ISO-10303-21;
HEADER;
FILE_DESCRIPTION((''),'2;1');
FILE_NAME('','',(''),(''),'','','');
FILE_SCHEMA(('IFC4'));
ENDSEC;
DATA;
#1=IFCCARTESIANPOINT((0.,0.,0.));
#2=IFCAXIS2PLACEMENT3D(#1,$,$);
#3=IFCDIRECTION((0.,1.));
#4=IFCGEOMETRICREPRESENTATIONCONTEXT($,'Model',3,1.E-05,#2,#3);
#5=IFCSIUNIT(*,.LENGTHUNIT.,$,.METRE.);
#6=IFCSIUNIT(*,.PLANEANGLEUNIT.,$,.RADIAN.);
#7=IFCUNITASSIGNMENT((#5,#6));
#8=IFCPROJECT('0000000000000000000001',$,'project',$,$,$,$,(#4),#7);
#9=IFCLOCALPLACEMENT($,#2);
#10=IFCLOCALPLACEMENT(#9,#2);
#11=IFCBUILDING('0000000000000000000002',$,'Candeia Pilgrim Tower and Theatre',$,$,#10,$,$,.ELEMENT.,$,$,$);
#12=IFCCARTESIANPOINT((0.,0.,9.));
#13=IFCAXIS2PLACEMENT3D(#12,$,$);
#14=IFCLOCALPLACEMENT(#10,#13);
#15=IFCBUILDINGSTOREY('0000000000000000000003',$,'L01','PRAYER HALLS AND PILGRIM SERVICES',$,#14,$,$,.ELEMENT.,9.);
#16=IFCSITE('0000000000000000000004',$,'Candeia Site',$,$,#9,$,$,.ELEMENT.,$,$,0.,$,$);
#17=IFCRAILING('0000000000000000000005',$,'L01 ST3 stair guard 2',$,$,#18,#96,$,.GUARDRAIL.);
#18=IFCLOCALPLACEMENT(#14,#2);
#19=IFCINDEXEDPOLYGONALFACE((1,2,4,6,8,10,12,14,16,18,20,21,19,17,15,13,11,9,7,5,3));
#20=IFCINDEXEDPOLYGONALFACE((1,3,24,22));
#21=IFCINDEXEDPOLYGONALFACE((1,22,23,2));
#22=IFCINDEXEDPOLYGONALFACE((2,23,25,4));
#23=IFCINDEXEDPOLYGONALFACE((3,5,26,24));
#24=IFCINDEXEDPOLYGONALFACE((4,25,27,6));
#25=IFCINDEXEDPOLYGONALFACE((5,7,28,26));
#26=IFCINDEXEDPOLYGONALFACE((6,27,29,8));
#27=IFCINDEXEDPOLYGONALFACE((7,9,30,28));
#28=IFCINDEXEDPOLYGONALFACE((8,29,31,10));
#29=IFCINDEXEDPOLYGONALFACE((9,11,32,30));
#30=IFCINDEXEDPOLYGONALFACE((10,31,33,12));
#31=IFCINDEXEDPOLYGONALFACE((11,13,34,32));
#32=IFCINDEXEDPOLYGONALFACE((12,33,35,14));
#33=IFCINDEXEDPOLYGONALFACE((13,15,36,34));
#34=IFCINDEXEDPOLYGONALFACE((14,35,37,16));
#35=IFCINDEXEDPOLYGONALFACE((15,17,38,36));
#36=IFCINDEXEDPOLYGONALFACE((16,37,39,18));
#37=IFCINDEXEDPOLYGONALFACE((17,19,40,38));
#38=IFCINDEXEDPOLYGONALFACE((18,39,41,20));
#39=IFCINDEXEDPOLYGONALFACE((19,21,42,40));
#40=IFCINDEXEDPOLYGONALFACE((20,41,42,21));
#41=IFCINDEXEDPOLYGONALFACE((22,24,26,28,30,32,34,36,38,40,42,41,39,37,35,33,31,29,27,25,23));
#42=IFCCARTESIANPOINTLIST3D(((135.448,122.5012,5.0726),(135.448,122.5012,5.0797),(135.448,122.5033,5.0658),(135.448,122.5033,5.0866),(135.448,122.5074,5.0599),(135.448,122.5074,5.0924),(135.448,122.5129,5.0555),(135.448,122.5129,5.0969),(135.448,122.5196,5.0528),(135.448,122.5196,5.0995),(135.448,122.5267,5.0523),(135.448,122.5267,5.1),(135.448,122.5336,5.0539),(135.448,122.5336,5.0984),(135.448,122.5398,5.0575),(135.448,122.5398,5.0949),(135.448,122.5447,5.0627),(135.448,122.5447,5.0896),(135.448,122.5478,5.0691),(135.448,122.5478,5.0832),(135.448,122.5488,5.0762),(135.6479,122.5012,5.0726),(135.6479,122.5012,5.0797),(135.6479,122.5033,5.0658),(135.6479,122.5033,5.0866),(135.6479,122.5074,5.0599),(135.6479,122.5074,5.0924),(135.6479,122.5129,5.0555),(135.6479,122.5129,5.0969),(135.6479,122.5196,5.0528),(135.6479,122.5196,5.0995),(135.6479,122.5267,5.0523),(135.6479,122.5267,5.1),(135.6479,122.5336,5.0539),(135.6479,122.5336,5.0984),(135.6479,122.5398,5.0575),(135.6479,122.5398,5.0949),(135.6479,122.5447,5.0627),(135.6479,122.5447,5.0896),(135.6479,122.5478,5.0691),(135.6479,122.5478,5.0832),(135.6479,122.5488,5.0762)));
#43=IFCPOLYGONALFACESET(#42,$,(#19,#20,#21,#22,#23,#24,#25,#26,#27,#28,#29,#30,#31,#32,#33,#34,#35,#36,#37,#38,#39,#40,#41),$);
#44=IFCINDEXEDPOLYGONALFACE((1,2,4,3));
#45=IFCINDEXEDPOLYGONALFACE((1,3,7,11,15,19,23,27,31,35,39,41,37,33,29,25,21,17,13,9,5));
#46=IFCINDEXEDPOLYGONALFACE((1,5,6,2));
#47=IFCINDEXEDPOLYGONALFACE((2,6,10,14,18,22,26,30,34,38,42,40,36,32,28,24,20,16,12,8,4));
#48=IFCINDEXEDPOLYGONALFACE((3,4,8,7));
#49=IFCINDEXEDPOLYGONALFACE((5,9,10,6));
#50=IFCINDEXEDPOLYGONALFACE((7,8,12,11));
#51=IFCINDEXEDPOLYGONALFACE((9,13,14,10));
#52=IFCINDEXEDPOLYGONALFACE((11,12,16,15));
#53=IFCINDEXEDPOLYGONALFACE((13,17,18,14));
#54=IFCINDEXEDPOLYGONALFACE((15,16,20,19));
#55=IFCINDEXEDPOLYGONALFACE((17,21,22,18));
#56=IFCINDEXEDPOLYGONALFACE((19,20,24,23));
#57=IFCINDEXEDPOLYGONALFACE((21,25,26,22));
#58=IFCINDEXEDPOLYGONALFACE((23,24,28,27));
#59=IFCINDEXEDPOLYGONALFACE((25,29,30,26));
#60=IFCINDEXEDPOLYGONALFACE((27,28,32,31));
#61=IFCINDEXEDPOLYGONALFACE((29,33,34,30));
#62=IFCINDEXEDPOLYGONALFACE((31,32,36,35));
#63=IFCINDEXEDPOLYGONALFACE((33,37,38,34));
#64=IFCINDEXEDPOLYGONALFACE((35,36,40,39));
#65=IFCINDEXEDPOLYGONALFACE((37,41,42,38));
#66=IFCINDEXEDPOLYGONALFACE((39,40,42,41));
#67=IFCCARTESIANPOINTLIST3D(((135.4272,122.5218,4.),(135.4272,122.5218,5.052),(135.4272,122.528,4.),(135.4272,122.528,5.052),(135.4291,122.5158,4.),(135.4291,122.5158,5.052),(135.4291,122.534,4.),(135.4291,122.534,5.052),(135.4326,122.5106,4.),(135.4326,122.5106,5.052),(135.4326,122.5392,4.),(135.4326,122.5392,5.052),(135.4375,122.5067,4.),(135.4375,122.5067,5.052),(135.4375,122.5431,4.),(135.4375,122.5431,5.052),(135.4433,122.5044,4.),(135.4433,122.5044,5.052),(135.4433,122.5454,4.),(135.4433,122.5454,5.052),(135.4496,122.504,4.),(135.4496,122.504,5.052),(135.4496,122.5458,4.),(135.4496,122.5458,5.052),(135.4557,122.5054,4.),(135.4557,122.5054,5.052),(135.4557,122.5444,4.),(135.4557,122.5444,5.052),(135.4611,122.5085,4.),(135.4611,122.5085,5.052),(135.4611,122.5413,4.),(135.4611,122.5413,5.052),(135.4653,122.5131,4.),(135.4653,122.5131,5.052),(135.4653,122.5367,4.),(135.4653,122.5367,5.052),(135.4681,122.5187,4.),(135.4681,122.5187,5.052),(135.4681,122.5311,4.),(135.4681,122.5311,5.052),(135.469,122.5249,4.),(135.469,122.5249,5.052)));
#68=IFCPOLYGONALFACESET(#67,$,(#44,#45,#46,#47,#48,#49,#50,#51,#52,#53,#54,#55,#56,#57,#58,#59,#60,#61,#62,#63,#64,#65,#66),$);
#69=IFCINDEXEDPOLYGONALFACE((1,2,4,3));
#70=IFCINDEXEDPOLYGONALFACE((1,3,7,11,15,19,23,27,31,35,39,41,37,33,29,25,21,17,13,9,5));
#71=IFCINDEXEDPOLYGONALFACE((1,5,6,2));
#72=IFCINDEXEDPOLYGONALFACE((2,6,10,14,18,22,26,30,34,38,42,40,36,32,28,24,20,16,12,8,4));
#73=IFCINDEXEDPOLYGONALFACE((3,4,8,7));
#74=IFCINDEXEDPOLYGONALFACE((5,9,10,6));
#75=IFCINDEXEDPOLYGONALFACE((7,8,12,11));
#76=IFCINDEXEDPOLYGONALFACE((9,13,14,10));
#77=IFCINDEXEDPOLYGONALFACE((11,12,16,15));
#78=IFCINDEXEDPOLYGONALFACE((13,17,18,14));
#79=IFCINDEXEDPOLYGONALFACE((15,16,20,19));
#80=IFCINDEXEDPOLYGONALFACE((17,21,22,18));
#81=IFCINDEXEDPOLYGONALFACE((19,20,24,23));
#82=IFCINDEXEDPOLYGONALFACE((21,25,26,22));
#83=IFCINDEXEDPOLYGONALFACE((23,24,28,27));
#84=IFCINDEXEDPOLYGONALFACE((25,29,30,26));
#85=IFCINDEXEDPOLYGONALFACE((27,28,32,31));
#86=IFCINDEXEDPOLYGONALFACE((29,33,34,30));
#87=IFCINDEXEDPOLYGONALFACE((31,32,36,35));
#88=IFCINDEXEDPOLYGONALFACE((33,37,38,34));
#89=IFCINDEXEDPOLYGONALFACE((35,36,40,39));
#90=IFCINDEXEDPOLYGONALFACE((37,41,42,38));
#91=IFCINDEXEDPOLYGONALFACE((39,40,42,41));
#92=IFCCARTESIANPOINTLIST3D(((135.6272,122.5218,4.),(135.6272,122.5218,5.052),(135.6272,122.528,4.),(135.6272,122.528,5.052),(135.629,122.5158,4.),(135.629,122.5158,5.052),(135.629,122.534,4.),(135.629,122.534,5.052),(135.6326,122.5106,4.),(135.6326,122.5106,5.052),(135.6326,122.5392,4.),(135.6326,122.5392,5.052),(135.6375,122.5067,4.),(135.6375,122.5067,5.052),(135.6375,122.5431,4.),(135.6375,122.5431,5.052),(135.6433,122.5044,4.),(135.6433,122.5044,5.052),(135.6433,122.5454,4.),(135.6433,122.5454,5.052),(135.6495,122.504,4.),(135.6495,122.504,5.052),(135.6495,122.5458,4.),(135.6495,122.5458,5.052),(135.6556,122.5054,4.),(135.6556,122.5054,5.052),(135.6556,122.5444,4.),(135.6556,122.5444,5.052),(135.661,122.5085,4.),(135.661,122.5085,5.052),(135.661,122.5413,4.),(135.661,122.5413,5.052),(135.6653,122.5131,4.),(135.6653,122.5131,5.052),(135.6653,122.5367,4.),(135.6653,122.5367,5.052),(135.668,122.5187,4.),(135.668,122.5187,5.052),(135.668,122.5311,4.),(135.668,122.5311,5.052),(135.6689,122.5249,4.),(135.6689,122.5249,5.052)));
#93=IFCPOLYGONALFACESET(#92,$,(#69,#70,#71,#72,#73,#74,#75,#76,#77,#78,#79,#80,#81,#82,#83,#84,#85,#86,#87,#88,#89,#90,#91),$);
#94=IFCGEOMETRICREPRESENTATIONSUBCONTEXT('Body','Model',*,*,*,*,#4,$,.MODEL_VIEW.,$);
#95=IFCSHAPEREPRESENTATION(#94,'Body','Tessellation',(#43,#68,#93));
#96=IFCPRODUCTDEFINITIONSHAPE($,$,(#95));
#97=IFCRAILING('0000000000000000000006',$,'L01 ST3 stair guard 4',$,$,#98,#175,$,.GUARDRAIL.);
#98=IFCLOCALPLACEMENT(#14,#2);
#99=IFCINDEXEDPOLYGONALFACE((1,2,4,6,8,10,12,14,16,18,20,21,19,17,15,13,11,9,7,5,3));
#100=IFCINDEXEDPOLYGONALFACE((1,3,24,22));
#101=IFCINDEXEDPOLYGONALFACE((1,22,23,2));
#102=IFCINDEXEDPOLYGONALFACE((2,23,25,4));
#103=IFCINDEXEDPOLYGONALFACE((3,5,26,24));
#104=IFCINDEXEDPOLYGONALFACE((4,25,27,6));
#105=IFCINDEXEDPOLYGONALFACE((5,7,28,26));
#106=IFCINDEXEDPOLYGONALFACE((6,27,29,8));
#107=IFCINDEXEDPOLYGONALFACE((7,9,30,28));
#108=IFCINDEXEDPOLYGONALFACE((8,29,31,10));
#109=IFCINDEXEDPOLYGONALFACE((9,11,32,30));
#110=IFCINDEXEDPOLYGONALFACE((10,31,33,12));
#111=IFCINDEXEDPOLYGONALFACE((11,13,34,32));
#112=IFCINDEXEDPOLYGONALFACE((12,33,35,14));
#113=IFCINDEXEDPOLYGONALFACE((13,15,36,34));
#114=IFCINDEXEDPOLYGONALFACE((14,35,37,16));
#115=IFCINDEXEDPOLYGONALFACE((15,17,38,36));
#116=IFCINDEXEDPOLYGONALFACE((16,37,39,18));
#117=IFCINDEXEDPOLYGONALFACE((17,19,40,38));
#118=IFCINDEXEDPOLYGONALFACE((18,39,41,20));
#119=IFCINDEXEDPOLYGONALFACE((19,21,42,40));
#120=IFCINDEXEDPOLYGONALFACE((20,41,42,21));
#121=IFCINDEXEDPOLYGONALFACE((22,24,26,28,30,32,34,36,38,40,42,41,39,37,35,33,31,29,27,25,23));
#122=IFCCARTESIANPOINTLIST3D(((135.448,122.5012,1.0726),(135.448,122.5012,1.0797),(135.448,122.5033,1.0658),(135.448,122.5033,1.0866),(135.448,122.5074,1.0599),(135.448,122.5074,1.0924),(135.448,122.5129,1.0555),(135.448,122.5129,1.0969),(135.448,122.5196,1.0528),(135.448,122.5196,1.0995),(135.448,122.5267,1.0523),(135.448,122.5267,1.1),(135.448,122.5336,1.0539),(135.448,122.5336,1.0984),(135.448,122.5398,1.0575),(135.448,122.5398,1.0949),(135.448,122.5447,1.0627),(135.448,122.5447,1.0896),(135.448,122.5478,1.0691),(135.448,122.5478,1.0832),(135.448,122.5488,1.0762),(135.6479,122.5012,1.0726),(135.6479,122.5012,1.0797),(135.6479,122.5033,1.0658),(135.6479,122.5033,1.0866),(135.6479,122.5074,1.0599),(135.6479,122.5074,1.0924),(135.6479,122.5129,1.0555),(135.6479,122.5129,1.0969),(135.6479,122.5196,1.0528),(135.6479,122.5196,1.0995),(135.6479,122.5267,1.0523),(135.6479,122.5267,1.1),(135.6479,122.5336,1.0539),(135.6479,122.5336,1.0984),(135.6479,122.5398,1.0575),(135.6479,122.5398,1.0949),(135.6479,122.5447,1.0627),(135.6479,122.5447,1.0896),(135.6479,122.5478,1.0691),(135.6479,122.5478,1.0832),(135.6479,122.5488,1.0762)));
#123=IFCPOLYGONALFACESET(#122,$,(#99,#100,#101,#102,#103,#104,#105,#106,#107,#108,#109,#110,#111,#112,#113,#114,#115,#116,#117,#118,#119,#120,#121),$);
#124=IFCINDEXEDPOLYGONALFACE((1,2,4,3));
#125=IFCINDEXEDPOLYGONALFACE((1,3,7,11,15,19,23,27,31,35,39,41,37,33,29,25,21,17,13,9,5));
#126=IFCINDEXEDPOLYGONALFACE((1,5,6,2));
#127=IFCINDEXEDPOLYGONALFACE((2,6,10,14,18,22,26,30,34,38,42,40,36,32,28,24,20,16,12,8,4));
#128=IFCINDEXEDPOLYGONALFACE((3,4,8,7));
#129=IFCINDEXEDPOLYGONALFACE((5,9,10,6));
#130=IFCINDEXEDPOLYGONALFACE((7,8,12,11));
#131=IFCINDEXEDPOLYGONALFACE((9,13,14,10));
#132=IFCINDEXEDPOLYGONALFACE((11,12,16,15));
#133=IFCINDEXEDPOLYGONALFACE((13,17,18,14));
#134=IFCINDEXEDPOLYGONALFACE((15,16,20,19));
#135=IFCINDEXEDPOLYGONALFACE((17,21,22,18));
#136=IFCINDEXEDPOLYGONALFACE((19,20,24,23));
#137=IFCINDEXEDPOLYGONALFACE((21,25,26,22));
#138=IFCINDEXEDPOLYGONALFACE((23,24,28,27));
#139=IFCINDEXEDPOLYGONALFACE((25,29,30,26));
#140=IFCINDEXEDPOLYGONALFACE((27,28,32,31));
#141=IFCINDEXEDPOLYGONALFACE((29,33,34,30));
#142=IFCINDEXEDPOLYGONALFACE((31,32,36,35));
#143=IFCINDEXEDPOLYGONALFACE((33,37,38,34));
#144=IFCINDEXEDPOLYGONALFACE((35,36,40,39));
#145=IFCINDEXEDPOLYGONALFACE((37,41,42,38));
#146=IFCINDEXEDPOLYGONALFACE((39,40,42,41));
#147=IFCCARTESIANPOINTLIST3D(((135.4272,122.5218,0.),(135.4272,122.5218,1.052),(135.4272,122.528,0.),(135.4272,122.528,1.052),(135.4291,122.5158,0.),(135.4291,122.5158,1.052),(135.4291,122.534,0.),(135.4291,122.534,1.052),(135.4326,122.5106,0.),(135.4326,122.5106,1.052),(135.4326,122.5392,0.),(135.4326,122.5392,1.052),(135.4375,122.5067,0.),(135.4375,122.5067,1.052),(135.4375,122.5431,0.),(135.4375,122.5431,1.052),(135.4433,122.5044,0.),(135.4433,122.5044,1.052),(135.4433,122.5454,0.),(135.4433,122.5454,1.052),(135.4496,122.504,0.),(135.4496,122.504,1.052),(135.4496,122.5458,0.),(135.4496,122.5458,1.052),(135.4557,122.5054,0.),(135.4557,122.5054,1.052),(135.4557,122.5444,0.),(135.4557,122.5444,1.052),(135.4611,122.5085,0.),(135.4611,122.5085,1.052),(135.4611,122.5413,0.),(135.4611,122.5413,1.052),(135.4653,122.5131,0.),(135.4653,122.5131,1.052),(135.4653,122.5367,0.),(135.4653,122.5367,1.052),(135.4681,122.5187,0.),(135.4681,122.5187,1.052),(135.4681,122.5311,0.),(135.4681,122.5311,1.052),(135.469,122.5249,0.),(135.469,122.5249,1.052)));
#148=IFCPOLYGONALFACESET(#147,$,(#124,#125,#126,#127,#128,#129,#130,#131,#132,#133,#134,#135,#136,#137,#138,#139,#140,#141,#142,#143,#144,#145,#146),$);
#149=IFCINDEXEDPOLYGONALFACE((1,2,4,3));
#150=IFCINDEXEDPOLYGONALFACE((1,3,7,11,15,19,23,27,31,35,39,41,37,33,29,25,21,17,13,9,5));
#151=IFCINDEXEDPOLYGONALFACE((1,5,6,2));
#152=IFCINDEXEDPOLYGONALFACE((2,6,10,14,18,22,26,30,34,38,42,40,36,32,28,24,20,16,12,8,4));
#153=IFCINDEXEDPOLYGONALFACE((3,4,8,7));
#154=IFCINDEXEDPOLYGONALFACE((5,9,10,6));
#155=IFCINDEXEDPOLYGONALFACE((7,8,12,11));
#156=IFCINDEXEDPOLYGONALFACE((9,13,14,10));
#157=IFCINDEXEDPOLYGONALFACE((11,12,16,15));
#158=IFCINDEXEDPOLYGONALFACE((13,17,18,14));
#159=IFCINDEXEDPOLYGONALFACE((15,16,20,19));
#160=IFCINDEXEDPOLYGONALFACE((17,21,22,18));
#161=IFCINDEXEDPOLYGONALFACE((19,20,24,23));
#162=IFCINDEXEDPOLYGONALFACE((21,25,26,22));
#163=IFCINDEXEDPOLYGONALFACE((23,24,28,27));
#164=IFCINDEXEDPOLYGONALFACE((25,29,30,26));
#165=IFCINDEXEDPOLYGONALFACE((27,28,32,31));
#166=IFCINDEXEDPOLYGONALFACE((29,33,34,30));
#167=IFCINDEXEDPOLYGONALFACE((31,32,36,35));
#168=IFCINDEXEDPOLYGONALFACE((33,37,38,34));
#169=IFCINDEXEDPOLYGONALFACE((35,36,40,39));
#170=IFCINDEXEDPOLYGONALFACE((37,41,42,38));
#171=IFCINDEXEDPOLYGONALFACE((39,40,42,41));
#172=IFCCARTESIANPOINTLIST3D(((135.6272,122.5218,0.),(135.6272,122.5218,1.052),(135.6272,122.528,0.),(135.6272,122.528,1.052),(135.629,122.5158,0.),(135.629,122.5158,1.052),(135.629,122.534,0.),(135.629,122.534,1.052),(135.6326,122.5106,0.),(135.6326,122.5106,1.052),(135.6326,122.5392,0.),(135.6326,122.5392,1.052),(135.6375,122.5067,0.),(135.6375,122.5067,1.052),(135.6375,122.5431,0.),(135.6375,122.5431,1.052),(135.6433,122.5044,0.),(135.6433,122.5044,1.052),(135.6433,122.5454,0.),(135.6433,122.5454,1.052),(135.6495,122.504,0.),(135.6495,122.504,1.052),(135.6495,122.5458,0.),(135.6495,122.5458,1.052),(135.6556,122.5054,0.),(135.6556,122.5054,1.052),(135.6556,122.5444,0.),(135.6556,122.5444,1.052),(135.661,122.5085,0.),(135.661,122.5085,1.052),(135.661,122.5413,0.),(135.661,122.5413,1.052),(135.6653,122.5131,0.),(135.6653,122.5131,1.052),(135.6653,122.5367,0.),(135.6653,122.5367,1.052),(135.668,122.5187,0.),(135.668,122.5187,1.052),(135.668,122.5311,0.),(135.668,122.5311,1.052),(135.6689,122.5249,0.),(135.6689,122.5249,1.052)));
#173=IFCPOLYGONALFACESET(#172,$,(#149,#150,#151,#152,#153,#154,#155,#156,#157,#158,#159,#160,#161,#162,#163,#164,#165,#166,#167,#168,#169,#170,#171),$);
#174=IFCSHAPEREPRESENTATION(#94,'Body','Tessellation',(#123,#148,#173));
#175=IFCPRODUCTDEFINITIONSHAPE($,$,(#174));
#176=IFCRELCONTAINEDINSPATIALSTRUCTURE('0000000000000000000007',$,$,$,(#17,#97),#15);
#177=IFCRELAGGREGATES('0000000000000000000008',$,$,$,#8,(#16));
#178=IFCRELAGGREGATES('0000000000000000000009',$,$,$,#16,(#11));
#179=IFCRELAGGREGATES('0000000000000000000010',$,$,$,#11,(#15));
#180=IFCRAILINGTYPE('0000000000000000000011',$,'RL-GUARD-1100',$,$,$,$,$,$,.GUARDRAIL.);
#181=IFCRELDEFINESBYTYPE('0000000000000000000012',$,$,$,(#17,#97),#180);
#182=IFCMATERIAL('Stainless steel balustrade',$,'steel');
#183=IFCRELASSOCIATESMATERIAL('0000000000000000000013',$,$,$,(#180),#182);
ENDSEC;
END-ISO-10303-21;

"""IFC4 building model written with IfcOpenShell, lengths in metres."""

from ifc_helpers import new_model, si_unit, direction, frame, origin, origin_2d, place, context, subcontext, project, spatial, circle, extrude, material, type_object, element, save


model = new_model("IFC4")

# Units and contexts
model_context = context("Model", 3, precision=1e-05, world=origin(), true_north=direction((0.0, 1.0)))
body_context = subcontext(model_context, "Body", "Model", "MODEL_VIEW")
ifc_project = project(units=[si_unit("LENGTHUNIT", "METRE"), si_unit("PLANEANGLEUNIT", "RADIAN")], contexts=[model_context])

# Site, building, storey
site_placement = place(None, origin())
site = spatial("IfcSite", under=ifc_project, at=site_placement, Name="Candeia Site", CompositionType="ELEMENT", RefElevation=0.0)
building_placement = place(site_placement, origin())
building = spatial("IfcBuilding", under=site, at=building_placement, Name="Candeia Pilgrim Tower and Theatre", CompositionType="ELEMENT")
storey_placement = place(building_placement, frame((0.0, 0.0, 9.0)))
storey = spatial("IfcBuildingStorey", under=building, at=storey_placement, Name="L01", Description="PRAYER HALLS AND PILGRIM SERVICES", CompositionType="ELEMENT", Elevation=9.0)

# Railings
ifc_material_1 = material(Name="Stainless steel balustrade", Category="steel")
railing_type_1 = type_object("IfcRailingType", Name="RL-GUARD-1100", PredefinedType="GUARDRAIL", material=ifc_material_1)
railing_1_placement = place(storey_placement, frame((135.448, 122.5249, 4.0)))
element("IfcRailing", 1, at=railing_1_placement, inside=storey, type_object=railing_type_1, Name="L01 ST3 stair guard 2", PredefinedType="GUARDRAIL", context=body_context, shape_type="SweptSolid", body=[
    extrude(circle(Radius=0.0239, at=origin_2d()), frame((0.0, 0.0, 1.0762), z_axis=(1.0, 0.0, 0.0), x_axis=(0.0, 1.0, 0.0)), (0.0, 0.0, 1.0), 0.2),
    extrude(circle(Radius=0.021, at=origin_2d()), origin(), (0.0, 0.0, 1.0), 1.052),
    extrude(circle(Radius=0.021, at=origin_2d()), frame((0.2, 0.0, 0.0)), (0.0, 0.0, 1.0), 1.052),
])
railing_2_placement = place(storey_placement, frame((135.448, 122.5249, 0.0)))
element("IfcRailing", 2, at=railing_2_placement, inside=storey, type_object=railing_type_1, Name="L01 ST3 stair guard 4", PredefinedType="GUARDRAIL", context=body_context, shape_type="SweptSolid", body=[
    extrude(circle(Radius=0.0239, at=origin_2d()), frame((0.0, 0.0, 1.0762), z_axis=(1.0, 0.0, 0.0), x_axis=(0.0, 1.0, 0.0)), (0.0, 0.0, 1.0), 0.2),
    extrude(circle(Radius=0.021, at=origin_2d()), origin(), (0.0, 0.0, 1.0), 1.052),
    extrude(circle(Radius=0.021, at=origin_2d()), frame((0.2, 0.0, 0.0)), (0.0, 0.0, 1.0), 1.052),
])

save(model, "model.ifc")
